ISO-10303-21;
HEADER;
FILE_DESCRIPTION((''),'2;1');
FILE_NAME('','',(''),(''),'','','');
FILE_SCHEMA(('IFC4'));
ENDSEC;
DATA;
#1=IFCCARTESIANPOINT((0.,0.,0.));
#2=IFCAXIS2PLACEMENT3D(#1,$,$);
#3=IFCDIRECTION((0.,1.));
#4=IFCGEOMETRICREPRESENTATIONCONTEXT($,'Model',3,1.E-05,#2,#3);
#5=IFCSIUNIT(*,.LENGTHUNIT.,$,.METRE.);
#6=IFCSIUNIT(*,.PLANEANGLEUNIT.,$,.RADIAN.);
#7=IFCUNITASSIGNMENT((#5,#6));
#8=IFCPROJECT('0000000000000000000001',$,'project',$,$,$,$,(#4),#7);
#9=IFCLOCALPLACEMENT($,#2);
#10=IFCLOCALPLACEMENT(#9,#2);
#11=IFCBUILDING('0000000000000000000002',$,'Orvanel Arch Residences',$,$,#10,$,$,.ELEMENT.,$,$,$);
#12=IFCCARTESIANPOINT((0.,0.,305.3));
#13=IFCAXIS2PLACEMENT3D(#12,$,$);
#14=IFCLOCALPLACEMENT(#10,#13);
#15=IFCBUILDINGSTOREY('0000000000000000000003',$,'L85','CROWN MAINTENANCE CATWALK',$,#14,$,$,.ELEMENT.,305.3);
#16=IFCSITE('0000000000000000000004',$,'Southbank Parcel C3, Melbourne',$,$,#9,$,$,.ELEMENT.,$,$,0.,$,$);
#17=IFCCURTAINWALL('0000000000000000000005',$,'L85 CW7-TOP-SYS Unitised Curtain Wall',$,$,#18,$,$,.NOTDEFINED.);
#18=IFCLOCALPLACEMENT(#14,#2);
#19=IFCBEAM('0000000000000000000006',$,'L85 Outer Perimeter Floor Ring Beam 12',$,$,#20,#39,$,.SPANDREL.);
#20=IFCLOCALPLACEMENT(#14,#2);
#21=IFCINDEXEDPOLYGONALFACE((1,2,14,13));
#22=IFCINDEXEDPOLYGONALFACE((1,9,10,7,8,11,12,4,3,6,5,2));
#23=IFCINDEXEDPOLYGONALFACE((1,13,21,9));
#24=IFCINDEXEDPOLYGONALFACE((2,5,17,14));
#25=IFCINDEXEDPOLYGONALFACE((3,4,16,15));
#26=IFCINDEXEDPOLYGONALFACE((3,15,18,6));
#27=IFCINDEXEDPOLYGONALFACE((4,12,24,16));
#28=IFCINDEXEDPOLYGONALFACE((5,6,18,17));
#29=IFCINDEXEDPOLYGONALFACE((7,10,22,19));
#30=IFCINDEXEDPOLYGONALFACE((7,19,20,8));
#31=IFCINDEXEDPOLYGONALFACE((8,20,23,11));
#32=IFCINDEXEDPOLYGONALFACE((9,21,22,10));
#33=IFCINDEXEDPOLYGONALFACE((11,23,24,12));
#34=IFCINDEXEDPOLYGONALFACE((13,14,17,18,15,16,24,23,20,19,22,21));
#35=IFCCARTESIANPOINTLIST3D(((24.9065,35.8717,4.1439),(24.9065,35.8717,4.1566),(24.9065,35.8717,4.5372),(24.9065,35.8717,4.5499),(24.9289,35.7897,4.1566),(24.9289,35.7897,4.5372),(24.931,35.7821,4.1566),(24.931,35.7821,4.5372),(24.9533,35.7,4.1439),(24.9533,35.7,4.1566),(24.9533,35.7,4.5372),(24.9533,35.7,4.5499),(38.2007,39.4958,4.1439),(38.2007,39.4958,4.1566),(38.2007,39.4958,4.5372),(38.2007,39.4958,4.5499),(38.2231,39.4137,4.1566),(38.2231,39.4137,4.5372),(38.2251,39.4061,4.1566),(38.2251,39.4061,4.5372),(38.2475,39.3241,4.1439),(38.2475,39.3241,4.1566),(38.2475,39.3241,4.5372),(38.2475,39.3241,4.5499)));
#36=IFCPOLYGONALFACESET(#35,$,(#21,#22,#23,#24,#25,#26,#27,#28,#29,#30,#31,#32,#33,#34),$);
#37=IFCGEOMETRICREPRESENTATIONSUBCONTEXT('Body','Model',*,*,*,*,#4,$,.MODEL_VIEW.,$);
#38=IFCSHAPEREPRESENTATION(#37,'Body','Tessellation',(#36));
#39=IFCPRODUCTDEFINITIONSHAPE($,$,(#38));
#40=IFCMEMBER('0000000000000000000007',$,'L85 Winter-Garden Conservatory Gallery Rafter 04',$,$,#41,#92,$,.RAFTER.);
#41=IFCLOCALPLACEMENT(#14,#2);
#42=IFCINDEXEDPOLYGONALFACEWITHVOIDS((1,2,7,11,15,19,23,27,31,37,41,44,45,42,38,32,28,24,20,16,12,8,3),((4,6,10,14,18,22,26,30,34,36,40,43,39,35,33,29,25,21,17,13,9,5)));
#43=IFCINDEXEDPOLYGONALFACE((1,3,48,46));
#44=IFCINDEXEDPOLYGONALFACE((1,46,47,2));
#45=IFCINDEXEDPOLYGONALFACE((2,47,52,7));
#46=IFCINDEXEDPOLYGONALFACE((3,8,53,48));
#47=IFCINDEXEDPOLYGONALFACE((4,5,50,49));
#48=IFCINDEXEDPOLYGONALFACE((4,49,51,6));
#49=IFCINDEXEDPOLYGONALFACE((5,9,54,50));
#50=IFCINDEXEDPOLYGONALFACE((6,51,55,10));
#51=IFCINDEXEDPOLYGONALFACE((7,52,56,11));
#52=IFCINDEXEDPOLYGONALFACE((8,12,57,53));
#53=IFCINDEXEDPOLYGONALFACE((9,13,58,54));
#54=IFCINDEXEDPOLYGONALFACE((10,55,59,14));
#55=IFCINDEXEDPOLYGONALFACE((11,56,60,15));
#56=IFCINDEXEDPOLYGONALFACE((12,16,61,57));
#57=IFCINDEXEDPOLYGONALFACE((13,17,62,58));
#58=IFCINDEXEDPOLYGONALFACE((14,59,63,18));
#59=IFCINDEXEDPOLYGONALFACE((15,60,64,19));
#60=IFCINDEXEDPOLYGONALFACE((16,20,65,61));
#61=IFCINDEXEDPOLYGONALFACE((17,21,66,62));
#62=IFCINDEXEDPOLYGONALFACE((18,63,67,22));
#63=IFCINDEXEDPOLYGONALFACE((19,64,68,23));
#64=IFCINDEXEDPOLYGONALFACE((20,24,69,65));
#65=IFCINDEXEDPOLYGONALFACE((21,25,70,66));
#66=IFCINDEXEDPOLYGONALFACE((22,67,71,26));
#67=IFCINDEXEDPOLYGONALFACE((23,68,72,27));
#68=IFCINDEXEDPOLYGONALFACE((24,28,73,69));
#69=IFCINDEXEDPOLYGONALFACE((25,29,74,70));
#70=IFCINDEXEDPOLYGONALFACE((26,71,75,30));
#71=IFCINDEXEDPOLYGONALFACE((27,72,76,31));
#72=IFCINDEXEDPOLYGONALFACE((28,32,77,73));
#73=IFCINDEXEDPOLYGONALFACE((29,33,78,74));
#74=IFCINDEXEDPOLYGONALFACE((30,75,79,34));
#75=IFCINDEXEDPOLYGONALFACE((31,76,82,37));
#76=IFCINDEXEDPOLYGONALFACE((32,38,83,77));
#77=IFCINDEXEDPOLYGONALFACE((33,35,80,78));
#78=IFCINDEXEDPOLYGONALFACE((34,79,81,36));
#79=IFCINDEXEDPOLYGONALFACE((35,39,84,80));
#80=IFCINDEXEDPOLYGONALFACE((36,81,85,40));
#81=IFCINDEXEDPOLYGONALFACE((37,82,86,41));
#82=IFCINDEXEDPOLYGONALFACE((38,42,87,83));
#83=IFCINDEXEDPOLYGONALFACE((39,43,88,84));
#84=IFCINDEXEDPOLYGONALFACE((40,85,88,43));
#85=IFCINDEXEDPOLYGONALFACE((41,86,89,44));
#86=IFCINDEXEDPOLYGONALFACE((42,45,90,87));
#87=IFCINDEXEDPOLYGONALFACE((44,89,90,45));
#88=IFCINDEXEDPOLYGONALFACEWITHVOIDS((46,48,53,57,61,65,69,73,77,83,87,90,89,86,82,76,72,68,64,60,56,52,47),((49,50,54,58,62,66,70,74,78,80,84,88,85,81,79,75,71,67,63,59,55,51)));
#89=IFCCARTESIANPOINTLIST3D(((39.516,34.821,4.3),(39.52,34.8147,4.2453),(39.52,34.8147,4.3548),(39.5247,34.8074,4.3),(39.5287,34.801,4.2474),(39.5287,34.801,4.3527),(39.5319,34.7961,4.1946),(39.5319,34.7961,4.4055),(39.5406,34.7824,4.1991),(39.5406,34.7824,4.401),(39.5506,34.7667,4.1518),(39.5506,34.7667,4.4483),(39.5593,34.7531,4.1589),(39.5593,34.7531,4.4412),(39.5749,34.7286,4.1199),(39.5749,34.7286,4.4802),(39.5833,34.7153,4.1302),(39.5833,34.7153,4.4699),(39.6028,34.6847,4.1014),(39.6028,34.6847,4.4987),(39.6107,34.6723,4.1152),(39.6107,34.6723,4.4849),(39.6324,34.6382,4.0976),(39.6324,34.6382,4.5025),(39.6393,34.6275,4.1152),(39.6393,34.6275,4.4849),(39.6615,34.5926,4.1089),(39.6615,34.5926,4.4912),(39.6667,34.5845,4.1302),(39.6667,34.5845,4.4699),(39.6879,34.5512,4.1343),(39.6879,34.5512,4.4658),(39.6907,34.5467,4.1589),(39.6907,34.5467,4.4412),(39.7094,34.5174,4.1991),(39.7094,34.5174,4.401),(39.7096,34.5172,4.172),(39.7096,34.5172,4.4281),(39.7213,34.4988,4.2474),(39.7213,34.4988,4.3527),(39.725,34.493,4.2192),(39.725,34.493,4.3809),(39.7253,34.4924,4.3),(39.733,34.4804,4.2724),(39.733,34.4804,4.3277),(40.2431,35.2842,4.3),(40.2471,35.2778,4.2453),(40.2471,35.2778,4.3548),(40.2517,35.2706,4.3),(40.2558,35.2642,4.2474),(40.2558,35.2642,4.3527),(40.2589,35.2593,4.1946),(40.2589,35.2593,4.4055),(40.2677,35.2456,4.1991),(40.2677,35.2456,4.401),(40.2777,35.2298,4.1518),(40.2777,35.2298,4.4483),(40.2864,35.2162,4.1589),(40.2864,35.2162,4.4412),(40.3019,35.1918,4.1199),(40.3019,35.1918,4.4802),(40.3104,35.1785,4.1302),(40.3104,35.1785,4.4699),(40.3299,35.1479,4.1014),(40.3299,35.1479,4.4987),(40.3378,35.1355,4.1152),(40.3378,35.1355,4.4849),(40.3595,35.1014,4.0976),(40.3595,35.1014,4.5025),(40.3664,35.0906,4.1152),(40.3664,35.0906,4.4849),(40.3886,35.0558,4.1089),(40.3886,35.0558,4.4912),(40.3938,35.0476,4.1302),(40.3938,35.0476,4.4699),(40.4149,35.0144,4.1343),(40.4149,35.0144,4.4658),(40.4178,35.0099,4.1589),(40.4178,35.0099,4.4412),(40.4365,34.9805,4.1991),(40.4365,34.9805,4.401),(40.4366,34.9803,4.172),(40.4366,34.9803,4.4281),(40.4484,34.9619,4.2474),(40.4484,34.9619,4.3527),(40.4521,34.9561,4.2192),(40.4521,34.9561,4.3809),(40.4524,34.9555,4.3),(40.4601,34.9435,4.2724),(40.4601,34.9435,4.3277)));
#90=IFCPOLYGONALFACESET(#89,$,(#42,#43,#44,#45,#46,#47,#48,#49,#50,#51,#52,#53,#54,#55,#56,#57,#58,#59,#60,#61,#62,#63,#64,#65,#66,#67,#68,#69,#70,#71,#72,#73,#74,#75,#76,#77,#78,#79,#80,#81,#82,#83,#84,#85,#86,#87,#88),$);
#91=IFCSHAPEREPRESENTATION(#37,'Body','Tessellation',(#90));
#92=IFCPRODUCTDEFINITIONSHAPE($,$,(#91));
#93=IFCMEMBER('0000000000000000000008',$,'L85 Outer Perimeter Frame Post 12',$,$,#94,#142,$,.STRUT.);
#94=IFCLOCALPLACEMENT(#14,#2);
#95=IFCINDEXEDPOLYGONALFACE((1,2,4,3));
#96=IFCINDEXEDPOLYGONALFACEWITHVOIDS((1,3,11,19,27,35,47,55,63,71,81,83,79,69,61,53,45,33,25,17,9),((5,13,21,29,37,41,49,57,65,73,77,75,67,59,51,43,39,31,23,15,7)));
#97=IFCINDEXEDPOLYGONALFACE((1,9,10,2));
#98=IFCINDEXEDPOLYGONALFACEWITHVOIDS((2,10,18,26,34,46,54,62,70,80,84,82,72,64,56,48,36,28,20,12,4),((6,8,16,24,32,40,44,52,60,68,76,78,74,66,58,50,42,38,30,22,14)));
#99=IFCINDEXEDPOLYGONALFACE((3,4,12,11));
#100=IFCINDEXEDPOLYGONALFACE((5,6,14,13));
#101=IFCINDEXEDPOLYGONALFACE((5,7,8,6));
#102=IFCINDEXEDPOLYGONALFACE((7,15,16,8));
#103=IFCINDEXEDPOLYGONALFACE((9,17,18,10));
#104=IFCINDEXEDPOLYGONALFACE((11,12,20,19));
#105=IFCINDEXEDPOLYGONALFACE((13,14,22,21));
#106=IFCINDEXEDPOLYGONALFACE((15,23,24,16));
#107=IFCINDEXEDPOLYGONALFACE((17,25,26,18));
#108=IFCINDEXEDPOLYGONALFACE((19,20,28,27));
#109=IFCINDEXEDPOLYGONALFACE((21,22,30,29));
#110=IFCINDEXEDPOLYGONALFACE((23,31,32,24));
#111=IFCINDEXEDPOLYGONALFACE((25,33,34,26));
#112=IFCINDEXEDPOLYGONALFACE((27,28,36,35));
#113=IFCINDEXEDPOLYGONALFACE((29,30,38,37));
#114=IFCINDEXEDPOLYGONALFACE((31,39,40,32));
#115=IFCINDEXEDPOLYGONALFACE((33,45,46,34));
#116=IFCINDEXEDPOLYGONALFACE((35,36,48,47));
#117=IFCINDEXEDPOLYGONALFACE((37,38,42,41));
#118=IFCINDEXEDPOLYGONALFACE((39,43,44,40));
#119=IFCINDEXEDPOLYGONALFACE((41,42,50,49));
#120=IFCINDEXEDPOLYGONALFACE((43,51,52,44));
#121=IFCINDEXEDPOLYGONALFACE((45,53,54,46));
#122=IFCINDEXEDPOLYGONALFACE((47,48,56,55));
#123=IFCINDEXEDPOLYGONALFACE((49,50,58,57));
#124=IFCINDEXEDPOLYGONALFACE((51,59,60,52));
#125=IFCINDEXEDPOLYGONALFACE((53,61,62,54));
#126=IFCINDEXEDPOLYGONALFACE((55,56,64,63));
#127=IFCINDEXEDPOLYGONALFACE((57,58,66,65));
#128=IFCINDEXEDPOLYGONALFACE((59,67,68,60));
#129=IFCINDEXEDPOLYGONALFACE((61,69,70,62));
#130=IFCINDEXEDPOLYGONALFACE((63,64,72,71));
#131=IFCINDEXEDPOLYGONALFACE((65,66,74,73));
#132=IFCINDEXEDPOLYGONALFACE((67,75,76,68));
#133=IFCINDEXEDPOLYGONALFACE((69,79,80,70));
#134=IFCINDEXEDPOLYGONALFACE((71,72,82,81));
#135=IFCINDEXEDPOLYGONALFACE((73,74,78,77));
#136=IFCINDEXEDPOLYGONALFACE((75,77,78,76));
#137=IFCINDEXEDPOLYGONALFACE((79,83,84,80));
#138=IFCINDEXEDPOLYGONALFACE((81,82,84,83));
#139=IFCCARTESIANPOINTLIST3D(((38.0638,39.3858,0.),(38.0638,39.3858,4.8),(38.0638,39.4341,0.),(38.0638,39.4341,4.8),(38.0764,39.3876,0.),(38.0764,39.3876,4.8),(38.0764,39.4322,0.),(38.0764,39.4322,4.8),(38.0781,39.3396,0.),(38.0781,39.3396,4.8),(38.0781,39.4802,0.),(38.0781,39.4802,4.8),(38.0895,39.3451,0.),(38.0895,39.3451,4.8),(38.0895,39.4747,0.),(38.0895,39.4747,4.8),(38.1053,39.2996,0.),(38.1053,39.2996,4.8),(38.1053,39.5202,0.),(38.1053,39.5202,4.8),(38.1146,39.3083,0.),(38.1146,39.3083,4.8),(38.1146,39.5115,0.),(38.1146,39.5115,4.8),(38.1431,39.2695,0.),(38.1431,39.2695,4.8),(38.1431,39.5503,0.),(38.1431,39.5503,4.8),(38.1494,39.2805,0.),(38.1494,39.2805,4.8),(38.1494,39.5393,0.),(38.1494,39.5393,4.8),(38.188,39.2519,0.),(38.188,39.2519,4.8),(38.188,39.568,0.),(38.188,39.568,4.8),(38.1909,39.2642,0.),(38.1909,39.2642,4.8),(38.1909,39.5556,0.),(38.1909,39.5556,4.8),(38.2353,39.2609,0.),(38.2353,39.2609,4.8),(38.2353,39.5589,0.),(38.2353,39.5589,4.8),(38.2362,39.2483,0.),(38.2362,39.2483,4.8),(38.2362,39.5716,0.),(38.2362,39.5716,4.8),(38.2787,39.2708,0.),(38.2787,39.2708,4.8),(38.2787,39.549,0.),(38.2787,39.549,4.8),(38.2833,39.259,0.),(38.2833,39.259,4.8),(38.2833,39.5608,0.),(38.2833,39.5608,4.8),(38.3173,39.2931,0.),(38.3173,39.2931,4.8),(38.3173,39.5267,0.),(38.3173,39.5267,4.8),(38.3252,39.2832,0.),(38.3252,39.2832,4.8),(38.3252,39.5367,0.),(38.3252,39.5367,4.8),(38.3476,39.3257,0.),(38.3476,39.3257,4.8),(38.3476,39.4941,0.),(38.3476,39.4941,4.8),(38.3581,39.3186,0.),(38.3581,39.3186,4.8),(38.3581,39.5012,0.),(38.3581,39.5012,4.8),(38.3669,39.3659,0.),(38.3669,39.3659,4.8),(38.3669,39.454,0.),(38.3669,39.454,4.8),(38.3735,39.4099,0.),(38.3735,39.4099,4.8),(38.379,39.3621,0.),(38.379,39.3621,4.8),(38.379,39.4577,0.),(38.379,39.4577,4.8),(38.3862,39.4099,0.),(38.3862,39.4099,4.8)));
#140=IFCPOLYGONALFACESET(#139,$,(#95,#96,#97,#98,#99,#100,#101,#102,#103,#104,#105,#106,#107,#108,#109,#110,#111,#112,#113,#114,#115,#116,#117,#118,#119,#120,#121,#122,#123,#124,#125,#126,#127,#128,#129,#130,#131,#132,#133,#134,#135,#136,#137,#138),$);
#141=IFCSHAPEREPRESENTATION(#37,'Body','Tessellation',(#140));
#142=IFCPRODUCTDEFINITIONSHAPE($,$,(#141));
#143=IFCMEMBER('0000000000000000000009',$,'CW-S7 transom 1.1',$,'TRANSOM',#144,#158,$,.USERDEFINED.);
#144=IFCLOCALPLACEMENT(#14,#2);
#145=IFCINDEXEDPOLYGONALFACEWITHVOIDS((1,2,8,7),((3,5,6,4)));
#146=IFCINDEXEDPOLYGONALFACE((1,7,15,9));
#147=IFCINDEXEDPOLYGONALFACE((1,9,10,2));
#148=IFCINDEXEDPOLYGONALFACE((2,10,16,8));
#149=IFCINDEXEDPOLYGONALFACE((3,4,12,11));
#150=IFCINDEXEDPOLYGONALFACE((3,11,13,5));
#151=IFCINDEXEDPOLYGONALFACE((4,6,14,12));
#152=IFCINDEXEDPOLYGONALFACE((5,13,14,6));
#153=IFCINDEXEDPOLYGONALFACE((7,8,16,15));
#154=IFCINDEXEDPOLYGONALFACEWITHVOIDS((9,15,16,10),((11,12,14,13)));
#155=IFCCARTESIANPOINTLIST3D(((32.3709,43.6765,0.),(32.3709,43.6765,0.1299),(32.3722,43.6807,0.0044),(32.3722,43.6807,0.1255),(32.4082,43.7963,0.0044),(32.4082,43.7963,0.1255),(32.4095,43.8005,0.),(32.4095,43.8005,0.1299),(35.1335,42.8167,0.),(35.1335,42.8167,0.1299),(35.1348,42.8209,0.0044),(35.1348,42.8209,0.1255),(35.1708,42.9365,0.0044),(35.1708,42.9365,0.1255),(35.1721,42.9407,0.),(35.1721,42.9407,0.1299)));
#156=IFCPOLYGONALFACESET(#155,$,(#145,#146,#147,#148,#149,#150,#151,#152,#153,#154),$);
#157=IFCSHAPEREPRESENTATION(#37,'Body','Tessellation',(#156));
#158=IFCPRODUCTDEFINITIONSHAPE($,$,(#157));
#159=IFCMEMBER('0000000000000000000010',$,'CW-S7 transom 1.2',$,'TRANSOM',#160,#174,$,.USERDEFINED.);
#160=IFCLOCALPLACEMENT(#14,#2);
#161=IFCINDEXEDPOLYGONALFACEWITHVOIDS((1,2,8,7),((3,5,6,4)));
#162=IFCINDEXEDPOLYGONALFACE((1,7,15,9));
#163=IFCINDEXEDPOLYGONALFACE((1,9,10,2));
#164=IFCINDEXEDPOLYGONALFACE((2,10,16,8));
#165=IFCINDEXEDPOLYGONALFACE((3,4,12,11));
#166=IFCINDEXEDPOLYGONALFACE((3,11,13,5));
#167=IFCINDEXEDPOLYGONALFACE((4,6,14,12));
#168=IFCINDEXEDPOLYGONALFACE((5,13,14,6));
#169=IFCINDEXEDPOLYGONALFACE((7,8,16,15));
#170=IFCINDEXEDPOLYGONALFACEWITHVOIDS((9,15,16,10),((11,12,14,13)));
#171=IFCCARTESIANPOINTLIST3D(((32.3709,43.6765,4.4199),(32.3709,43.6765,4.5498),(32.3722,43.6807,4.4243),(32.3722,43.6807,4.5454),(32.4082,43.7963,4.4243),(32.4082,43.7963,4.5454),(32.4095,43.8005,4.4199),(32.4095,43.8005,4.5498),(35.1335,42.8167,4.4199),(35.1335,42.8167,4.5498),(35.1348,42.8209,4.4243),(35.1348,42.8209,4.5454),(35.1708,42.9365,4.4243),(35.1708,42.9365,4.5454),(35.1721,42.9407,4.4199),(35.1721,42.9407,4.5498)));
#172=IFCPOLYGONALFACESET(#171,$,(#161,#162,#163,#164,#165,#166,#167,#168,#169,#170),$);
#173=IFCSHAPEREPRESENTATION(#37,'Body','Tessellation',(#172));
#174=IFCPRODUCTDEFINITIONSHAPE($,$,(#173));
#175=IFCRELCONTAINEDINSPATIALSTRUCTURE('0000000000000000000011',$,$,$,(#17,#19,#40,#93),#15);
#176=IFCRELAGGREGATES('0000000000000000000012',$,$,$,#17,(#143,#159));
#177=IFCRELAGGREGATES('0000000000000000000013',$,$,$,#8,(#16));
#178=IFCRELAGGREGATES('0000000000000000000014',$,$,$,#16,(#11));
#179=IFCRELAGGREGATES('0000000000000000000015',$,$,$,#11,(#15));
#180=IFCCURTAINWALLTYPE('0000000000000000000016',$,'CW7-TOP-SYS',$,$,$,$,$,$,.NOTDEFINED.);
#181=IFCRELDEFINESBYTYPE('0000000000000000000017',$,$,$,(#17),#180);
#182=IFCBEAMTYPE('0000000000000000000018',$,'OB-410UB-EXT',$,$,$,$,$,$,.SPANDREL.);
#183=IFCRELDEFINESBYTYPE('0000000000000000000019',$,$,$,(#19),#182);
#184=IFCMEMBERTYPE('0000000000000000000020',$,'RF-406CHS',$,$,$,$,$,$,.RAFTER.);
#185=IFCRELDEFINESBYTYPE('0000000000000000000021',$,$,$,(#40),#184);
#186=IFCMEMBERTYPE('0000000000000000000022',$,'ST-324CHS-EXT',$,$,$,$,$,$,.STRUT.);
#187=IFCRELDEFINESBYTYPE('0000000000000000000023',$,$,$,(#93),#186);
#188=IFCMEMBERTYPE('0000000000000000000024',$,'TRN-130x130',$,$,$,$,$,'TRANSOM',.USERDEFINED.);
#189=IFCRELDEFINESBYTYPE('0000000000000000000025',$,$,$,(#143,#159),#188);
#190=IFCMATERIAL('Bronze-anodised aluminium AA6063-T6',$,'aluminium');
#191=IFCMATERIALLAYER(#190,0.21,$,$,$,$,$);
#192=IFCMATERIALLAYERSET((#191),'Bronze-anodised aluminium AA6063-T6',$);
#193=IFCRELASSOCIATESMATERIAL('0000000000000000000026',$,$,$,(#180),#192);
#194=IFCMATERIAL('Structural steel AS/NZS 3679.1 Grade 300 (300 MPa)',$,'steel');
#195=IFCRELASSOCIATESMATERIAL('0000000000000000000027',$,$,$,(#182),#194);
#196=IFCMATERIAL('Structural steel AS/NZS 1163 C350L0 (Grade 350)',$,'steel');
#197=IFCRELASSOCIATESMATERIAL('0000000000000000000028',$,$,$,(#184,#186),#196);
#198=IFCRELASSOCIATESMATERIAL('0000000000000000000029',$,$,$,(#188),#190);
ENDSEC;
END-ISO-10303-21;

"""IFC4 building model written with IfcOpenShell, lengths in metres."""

from ifc_helpers import new_model, si_unit, direction, frame, origin, origin_2d, place, context, subcontext, project, spatial, hollow_rectangle, hollow_circle, i_section, extrude, material, layer, layer_set, material_profile, profile_set, type_object, element, aggregate, save


model = new_model("IFC4")

# Units and contexts
model_context = context("Model", 3, precision=1e-05, world=origin(), true_north=direction((0.0, 1.0)))
body_context = subcontext(model_context, "Body", "Model", "MODEL_VIEW")
ifc_project = project(units=[si_unit("LENGTHUNIT", "METRE"), si_unit("PLANEANGLEUNIT", "RADIAN")], contexts=[model_context])

# Site, building, storey
site_placement = place(None, origin())
site = spatial("IfcSite", under=ifc_project, at=site_placement, Name="Southbank Parcel C3, Melbourne", CompositionType="ELEMENT", RefElevation=0.0)
building_placement = place(site_placement, origin())
building = spatial("IfcBuilding", under=site, at=building_placement, Name="Orvanel Arch Residences", CompositionType="ELEMENT")
storey_placement = place(building_placement, frame((0.0, 0.0, 305.3)))
storey = spatial("IfcBuildingStorey", under=building, at=storey_placement, Name="L85", Description="CROWN MAINTENANCE CATWALK", CompositionType="ELEMENT", Elevation=305.3)

# Shared definitions
ifc_material_1 = material(Name="Structural steel AS/NZS 3679.1 Grade 300 (300 MPa)", Category="steel")

# Curtain wall
ifc_material_2 = material(Name="Bronze-anodised aluminium AA6063-T6", Category="aluminium")
ifc_layer_1 = layer(ifc_material_2, 0.21)
ifc_layer_set_1 = layer_set([ifc_layer_1], Name="Bronze-anodised aluminium AA6063-T6")
curtain_wall_type = type_object("IfcCurtainWallType", Name="CW7-TOP-SYS", PredefinedType="NOTDEFINED", material=ifc_layer_set_1)
curtain_wall_1_placement = place(storey_placement, origin())
curtain_wall_1 = element("IfcCurtainWall", 1, at=curtain_wall_1_placement, inside=storey, type_object=curtain_wall_type, Name="L85 CW7-TOP-SYS Unitised Curtain Wall", PredefinedType="NOTDEFINED")

# Beam
ifc_material_profile_1 = material_profile(ifc_material_1, i_section(OverallWidth=0.178, OverallDepth=0.406, WebThickness=0.0078, FlangeThickness=0.0127, at=origin_2d()), Name="410UB59.7")
ifc_profile_set_1 = profile_set([ifc_material_profile_1], Name="Structural steel AS/NZS 3679.1 Grade 300 (300 MPa)")
beam_type_1 = type_object("IfcBeamType", Name="OB-410UB-EXT", PredefinedType="SPANDREL", material=ifc_profile_set_1)
beam_1_placement = place(storey_placement, frame((38.2241, 39.4099, 4.3469), z_axis=(-0.964794, -0.263005, 0.0), x_axis=(0.263005, -0.964794, 0.0)))
element("IfcBeam", 2, at=beam_1_placement, inside=storey, type_object=beam_type_1, Name="L85 Outer Perimeter Floor Ring Beam 12", PredefinedType="SPANDREL", context=body_context, shape_type="SweptSolid", body=[
    extrude(i_section(OverallWidth=0.178, OverallDepth=0.406, WebThickness=0.0078, FlangeThickness=0.0127, at=origin_2d()), origin(), (0.0, 0.0, 1.0), 13.7793),
])

# Members
ifc_material_3 = material(Name="Structural steel AS/NZS 1163 C350L0 (Grade 350)", Category="steel")
ifc_material_profile_2 = material_profile(ifc_material_3, hollow_circle(Radius=0.2029, WallThickness=0.0161, at=origin_2d()), Name="CHS406x16")
ifc_profile_set_2 = profile_set([ifc_material_profile_2], Name="Structural steel AS/NZS 1163 C350L0 (Grade 350)")
member_type_1 = type_object("IfcMemberType", Name="RF-406CHS", PredefinedType="RAFTER", material=ifc_profile_set_2)
member_1_placement = place(storey_placement, frame((39.625, 34.6499, 4.3), z_axis=(0.843417, 0.53726, 0.0), x_axis=(-0.53726, 0.843417, 0.0)))
element("IfcMember", 3, at=member_1_placement, inside=storey, type_object=member_type_1, Name="L85 Winter-Garden Conservatory Gallery Rafter 04", PredefinedType="RAFTER", context=body_context, shape_type="SweptSolid", body=[
    extrude(hollow_circle(Radius=0.2029, WallThickness=0.0161, at=origin_2d()), origin(), (0.0, 0.0, 1.0), 0.8621),
])
ifc_material_profile_3 = material_profile(ifc_material_3, hollow_circle(Radius=0.1621, WallThickness=0.0127, at=origin_2d()), Name="CHS324x12.7")
ifc_profile_set_3 = profile_set([ifc_material_profile_3], Name="Structural steel AS/NZS 1163 C350L0 (Grade 350)")
member_type_2 = type_object("IfcMemberType", Name="ST-324CHS-EXT", PredefinedType="STRUT", material=ifc_profile_set_3)
member_2_placement = place(storey_placement, frame((38.2241, 39.4099, 0.0), z_axis=(0.0, 0.0, 1.0), x_axis=(1.0, 0.0, 0.0)))
element("IfcMember", 4, at=member_2_placement, inside=storey, type_object=member_type_2, Name="L85 Outer Perimeter Frame Post 12", PredefinedType="STRUT", context=body_context, shape_type="SweptSolid", body=[
    extrude(hollow_circle(Radius=0.1621, WallThickness=0.0127, at=origin_2d()), origin(), (0.0, 0.0, 1.0), 4.8),
])

# Members
ifc_material_profile_4 = material_profile(ifc_material_2, hollow_rectangle(XDim=0.1299, YDim=0.1299, WallThickness=0.0044, at=origin_2d()), Name="ALU130x130x4.5")
ifc_profile_set_4 = profile_set([ifc_material_profile_4], Name="Bronze-anodised aluminium AA6063-T6")
member_type_3 = type_object("IfcMemberType", Name="TRN-130x130", ElementType="TRANSOM", PredefinedType="USERDEFINED", material=ifc_profile_set_4)
member_3_placement = place(storey_placement, frame((35.1528, 42.8787, 0.0649), z_axis=(-0.954822, 0.297179, 0.0), x_axis=(-0.297179, -0.954822, 0.0)))
member_3 = element("IfcMember", 5, at=member_3_placement, type_object=member_type_3, Name="CW-S7 transom 1.1", ObjectType="TRANSOM", PredefinedType="USERDEFINED", context=body_context, shape_type="SweptSolid", body=[
    extrude(hollow_rectangle(XDim=0.1299, YDim=0.1299, WallThickness=0.0044, at=origin_2d()), origin(), (0.0, 0.0, 1.0), 2.8933),
])
member_4_placement = place(storey_placement, frame((35.1528, 42.8787, 4.4849), z_axis=(-0.954822, 0.297179, 0.0), x_axis=(-0.297179, -0.954822, 0.0)))
member_4 = element("IfcMember", 6, at=member_4_placement, type_object=member_type_3, Name="CW-S7 transom 1.2", ObjectType="TRANSOM", PredefinedType="USERDEFINED", context=body_context, shape_type="SweptSolid", body=[
    extrude(hollow_rectangle(XDim=0.1299, YDim=0.1299, WallThickness=0.0044, at=origin_2d()), origin(), (0.0, 0.0, 1.0), 2.8933),
])

aggregate(curtain_wall_1, [member_3, member_4])

save(model, "model.ifc")
